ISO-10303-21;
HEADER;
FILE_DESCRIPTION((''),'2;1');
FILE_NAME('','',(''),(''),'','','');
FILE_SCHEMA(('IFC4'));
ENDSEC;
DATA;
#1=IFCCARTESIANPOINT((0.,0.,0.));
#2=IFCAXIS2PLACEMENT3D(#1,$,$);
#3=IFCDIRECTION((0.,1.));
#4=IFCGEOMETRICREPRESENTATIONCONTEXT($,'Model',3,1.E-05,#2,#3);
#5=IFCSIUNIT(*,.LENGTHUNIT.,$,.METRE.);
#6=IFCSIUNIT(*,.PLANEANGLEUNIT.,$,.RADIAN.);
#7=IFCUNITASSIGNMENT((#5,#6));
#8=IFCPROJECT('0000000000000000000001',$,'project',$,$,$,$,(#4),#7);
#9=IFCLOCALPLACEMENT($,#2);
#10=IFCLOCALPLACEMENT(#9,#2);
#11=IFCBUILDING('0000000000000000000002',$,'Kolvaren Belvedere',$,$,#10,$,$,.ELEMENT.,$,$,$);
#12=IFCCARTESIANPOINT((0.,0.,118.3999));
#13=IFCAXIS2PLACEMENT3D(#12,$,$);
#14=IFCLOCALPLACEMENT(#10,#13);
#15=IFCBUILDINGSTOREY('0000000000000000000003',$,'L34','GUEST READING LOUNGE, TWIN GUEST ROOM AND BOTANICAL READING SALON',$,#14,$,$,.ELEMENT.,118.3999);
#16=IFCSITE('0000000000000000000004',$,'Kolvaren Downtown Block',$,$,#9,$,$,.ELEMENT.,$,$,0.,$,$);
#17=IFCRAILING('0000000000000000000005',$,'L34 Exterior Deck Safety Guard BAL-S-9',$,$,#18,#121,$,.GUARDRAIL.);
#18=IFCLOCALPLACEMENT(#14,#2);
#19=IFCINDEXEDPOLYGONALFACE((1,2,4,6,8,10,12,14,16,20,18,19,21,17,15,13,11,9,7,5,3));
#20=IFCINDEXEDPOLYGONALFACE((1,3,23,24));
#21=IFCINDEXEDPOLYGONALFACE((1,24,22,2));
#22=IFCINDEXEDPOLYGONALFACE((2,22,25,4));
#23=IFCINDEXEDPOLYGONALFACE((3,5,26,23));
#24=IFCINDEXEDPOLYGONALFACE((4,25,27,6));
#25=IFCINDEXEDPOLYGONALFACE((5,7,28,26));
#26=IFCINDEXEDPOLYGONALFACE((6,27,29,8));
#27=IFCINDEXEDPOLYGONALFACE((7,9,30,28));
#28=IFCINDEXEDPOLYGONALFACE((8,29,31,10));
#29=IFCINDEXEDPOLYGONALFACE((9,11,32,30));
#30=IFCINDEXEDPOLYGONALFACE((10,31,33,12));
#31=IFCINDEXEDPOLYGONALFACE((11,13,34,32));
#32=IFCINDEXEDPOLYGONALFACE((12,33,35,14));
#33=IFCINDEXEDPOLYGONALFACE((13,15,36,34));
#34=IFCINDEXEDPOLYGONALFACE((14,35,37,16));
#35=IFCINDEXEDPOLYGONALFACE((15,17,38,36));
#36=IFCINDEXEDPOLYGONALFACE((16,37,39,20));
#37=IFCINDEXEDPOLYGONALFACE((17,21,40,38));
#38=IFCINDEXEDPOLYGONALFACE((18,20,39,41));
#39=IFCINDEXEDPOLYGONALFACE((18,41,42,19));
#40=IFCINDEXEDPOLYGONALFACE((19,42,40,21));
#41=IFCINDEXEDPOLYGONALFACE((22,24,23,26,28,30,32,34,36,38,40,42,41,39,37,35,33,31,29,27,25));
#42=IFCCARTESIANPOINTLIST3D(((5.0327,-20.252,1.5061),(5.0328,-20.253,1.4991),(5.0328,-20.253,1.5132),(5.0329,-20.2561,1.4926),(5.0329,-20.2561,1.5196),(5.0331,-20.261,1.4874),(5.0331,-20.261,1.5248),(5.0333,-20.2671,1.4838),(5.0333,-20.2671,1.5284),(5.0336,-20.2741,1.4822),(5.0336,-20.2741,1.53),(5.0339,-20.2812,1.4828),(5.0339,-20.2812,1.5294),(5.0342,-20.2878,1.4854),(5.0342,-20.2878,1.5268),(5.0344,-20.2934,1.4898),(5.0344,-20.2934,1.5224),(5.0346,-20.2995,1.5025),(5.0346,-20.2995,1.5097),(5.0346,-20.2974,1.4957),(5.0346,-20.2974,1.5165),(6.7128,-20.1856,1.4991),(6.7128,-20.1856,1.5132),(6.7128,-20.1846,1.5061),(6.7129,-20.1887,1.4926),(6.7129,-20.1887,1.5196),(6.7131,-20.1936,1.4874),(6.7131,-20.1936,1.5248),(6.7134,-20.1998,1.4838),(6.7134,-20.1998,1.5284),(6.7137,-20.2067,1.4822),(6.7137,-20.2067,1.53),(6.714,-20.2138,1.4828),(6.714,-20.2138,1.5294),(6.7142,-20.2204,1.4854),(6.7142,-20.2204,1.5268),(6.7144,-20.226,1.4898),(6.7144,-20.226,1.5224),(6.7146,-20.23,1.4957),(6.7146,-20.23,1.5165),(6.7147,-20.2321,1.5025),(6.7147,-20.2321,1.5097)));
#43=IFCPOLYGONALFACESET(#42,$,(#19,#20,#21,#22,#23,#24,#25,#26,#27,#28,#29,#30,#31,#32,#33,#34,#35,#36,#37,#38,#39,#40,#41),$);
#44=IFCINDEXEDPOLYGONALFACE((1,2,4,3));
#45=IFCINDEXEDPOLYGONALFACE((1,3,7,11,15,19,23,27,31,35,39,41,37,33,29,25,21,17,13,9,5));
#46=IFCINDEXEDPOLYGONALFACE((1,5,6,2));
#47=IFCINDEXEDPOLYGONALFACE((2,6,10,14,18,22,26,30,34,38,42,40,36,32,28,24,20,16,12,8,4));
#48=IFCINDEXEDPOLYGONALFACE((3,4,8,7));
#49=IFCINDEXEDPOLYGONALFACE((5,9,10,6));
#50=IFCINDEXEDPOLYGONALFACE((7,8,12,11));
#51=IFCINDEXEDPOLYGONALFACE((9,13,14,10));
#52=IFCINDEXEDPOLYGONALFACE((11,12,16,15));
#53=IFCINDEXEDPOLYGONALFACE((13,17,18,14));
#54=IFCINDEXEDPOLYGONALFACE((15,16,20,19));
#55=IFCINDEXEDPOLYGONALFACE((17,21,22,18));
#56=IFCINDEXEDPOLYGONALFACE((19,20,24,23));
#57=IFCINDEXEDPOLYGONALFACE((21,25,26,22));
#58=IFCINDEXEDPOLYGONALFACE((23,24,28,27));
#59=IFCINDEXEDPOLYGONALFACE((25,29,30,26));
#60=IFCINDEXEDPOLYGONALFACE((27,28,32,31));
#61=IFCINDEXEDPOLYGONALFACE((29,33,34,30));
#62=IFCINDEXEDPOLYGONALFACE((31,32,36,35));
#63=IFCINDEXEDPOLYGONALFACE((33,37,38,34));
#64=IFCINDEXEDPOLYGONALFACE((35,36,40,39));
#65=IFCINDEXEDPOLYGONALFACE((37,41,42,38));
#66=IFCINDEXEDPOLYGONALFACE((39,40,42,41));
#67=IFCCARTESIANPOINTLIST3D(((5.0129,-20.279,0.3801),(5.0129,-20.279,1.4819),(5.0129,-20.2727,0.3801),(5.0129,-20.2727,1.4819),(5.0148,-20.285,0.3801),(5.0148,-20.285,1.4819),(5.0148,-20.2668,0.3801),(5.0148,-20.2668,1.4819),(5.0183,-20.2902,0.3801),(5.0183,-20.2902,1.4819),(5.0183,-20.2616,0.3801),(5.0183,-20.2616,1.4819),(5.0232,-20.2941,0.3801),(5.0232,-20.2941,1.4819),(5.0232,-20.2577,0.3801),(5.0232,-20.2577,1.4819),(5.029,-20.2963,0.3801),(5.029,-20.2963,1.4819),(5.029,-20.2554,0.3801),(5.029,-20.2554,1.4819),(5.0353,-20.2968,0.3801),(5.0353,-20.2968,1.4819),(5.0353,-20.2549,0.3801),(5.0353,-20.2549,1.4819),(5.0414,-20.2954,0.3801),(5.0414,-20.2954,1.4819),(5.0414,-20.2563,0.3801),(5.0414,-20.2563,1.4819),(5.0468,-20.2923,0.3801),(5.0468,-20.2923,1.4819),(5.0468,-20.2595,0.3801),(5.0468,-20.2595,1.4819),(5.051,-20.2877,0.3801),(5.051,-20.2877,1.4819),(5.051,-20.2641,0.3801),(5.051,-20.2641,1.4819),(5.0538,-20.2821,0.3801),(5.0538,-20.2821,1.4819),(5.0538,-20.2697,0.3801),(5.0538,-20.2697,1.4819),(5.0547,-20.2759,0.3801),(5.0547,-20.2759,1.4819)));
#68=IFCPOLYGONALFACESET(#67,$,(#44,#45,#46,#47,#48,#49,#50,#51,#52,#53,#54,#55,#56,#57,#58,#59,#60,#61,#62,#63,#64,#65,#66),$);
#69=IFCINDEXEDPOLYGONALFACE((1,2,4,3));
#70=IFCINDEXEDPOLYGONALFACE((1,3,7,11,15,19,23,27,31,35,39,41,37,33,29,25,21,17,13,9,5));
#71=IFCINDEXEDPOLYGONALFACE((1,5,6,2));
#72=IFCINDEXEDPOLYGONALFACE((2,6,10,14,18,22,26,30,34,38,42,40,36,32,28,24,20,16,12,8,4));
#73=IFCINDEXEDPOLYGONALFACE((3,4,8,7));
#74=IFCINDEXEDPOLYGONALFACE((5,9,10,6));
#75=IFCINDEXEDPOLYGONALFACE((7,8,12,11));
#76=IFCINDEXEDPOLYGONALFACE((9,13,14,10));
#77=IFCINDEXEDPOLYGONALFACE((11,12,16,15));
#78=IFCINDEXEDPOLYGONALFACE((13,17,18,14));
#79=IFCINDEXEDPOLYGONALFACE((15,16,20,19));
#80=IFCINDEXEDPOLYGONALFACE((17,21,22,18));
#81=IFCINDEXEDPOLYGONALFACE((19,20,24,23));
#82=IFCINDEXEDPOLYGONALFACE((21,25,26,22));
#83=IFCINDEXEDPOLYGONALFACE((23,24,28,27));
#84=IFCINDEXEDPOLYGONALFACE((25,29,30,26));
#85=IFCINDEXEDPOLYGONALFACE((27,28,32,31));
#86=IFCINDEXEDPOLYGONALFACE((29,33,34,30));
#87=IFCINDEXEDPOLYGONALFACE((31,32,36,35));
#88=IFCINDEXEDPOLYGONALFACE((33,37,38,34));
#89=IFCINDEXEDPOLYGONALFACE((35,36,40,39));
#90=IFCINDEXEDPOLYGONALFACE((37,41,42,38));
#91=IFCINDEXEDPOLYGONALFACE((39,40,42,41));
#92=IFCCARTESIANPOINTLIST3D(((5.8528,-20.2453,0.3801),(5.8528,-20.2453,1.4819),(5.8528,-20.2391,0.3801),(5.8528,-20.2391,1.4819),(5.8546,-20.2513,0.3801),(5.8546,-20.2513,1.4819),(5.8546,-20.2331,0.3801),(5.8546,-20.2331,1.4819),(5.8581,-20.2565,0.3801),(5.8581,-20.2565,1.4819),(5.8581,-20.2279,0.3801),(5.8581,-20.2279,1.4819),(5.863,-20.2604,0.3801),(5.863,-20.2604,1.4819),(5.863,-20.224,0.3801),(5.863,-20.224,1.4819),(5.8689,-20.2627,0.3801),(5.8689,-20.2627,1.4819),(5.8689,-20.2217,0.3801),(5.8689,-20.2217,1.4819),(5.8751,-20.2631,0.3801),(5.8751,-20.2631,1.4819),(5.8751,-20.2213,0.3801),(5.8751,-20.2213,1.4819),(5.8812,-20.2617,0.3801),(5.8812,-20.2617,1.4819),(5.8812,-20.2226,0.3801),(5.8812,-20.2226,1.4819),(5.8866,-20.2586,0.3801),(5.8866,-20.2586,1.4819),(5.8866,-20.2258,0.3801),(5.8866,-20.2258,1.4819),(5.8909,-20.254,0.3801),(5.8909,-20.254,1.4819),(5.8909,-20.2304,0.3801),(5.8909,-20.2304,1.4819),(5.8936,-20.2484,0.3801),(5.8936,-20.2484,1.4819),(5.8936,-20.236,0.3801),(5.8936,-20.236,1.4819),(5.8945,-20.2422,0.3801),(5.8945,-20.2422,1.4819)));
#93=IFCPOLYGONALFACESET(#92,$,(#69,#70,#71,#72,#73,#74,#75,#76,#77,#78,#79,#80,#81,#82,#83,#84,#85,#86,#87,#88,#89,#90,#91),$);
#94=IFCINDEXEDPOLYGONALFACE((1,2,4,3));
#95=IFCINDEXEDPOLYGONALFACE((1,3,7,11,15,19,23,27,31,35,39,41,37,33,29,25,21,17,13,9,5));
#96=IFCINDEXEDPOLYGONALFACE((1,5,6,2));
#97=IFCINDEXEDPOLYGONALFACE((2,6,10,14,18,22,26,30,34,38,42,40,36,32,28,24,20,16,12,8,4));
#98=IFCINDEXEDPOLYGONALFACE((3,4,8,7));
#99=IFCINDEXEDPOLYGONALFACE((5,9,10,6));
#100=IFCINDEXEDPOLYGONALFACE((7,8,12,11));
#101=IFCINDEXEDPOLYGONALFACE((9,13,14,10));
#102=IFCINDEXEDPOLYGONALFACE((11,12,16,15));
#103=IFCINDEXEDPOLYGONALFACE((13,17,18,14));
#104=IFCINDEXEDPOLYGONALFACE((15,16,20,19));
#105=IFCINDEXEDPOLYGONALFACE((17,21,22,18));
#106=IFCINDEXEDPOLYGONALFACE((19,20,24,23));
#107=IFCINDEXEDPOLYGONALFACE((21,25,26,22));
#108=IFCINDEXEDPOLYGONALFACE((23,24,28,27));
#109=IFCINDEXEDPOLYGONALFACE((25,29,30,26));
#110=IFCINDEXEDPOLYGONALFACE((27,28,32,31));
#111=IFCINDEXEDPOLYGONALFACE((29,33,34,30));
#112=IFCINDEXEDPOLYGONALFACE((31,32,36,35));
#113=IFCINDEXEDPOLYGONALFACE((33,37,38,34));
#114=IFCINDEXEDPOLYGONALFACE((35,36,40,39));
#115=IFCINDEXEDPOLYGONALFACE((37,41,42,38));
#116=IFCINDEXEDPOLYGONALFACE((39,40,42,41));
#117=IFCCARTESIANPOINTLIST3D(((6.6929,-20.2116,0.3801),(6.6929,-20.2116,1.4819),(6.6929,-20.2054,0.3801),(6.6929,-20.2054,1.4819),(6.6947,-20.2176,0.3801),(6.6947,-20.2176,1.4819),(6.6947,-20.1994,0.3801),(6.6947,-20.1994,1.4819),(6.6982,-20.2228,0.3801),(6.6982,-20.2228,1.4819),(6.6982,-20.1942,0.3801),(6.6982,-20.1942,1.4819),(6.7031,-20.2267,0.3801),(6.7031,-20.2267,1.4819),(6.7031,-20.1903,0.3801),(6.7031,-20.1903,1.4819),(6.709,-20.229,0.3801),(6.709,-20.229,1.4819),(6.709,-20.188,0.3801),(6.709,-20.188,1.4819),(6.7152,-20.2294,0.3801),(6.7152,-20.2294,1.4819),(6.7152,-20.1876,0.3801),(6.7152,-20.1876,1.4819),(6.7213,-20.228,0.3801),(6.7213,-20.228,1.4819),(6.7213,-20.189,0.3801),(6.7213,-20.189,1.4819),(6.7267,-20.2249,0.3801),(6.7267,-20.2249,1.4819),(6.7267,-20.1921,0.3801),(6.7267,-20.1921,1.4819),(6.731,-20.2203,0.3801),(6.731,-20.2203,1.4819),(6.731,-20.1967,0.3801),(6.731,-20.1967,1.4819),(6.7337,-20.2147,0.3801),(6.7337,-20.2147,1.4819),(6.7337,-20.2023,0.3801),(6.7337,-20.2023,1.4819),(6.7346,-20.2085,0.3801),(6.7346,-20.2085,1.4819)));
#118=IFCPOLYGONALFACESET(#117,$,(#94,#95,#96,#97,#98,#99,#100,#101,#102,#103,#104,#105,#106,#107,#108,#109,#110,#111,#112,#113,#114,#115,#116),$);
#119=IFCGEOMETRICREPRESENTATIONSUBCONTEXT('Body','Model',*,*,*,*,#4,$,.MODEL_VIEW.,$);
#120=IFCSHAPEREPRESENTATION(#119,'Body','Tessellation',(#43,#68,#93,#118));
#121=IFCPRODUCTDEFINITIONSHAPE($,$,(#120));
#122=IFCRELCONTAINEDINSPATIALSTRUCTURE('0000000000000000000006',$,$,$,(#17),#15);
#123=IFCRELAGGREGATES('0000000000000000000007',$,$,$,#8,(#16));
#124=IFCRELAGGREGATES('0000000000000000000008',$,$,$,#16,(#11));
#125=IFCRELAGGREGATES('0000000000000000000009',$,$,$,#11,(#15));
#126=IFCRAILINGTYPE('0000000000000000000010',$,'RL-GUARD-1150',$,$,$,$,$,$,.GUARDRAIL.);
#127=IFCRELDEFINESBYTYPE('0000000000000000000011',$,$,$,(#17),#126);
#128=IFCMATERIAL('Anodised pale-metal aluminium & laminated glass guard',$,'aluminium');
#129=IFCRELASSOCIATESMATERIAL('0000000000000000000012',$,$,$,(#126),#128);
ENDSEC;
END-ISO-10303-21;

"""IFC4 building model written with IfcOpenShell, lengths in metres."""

from ifc_helpers import new_model, si_unit, direction, frame, origin, origin_2d, place, context, subcontext, project, spatial, circle, extrude, material, type_object, element, save


model = new_model("IFC4")

# Units and contexts
model_context = context("Model", 3, precision=1e-05, world=origin(), true_north=direction((0.0, 1.0)))
body_context = subcontext(model_context, "Body", "Model", "MODEL_VIEW")
ifc_project = project(units=[si_unit("LENGTHUNIT", "METRE"), si_unit("PLANEANGLEUNIT", "RADIAN")], contexts=[model_context])

# Site, building, storey
site_placement = place(None, origin())
site = spatial("IfcSite", under=ifc_project, at=site_placement, Name="Kolvaren Downtown Block", CompositionType="ELEMENT", RefElevation=0.0)
building_placement = place(site_placement, origin())
building = spatial("IfcBuilding", under=site, at=building_placement, Name="Kolvaren Belvedere", CompositionType="ELEMENT")
storey_placement = place(building_placement, frame((0.0, 0.0, 118.3999)))
storey = spatial("IfcBuildingStorey", under=building, at=storey_placement, Name="L34", Description="GUEST READING LOUNGE, TWIN GUEST ROOM AND BOTANICAL READING SALON", CompositionType="ELEMENT", Elevation=118.3999)

# Railing
ifc_material_1 = material(Name="Anodised pale-metal aluminium & laminated glass guard", Category="aluminium")
railing_type = type_object("IfcRailingType", Name="RL-GUARD-1150", PredefinedType="GUARDRAIL", material=ifc_material_1)
railing_1_placement = place(storey_placement, frame((5.0337, -20.2759, 0.3801)))
element("IfcRailing", 1, at=railing_1_placement, inside=storey, type_object=railing_type, Name="L34 Exterior Deck Safety Guard BAL-S-9", PredefinedType="GUARDRAIL", context=body_context, shape_type="SweptSolid", body=[
    extrude(circle(Radius=0.0239, at=origin_2d()), frame((0.0, 0.0, 1.126), z_axis=(0.999197, 0.040078, 0.0), x_axis=(-0.040078, 0.999197, 0.0)), (0.0, 0.0, 1.0), 1.6814),
    extrude(circle(Radius=0.021, at=origin_2d()), origin(), (0.0, 0.0, 1.0), 1.1018),
    extrude(circle(Radius=0.021, at=origin_2d()), frame((0.8398, 0.0337, 0.0)), (0.0, 0.0, 1.0), 1.1018),
    extrude(circle(Radius=0.021, at=origin_2d()), frame((1.6799, 0.0674, 0.0)), (0.0, 0.0, 1.0), 1.1018),
])

save(model, "model.ifc")
